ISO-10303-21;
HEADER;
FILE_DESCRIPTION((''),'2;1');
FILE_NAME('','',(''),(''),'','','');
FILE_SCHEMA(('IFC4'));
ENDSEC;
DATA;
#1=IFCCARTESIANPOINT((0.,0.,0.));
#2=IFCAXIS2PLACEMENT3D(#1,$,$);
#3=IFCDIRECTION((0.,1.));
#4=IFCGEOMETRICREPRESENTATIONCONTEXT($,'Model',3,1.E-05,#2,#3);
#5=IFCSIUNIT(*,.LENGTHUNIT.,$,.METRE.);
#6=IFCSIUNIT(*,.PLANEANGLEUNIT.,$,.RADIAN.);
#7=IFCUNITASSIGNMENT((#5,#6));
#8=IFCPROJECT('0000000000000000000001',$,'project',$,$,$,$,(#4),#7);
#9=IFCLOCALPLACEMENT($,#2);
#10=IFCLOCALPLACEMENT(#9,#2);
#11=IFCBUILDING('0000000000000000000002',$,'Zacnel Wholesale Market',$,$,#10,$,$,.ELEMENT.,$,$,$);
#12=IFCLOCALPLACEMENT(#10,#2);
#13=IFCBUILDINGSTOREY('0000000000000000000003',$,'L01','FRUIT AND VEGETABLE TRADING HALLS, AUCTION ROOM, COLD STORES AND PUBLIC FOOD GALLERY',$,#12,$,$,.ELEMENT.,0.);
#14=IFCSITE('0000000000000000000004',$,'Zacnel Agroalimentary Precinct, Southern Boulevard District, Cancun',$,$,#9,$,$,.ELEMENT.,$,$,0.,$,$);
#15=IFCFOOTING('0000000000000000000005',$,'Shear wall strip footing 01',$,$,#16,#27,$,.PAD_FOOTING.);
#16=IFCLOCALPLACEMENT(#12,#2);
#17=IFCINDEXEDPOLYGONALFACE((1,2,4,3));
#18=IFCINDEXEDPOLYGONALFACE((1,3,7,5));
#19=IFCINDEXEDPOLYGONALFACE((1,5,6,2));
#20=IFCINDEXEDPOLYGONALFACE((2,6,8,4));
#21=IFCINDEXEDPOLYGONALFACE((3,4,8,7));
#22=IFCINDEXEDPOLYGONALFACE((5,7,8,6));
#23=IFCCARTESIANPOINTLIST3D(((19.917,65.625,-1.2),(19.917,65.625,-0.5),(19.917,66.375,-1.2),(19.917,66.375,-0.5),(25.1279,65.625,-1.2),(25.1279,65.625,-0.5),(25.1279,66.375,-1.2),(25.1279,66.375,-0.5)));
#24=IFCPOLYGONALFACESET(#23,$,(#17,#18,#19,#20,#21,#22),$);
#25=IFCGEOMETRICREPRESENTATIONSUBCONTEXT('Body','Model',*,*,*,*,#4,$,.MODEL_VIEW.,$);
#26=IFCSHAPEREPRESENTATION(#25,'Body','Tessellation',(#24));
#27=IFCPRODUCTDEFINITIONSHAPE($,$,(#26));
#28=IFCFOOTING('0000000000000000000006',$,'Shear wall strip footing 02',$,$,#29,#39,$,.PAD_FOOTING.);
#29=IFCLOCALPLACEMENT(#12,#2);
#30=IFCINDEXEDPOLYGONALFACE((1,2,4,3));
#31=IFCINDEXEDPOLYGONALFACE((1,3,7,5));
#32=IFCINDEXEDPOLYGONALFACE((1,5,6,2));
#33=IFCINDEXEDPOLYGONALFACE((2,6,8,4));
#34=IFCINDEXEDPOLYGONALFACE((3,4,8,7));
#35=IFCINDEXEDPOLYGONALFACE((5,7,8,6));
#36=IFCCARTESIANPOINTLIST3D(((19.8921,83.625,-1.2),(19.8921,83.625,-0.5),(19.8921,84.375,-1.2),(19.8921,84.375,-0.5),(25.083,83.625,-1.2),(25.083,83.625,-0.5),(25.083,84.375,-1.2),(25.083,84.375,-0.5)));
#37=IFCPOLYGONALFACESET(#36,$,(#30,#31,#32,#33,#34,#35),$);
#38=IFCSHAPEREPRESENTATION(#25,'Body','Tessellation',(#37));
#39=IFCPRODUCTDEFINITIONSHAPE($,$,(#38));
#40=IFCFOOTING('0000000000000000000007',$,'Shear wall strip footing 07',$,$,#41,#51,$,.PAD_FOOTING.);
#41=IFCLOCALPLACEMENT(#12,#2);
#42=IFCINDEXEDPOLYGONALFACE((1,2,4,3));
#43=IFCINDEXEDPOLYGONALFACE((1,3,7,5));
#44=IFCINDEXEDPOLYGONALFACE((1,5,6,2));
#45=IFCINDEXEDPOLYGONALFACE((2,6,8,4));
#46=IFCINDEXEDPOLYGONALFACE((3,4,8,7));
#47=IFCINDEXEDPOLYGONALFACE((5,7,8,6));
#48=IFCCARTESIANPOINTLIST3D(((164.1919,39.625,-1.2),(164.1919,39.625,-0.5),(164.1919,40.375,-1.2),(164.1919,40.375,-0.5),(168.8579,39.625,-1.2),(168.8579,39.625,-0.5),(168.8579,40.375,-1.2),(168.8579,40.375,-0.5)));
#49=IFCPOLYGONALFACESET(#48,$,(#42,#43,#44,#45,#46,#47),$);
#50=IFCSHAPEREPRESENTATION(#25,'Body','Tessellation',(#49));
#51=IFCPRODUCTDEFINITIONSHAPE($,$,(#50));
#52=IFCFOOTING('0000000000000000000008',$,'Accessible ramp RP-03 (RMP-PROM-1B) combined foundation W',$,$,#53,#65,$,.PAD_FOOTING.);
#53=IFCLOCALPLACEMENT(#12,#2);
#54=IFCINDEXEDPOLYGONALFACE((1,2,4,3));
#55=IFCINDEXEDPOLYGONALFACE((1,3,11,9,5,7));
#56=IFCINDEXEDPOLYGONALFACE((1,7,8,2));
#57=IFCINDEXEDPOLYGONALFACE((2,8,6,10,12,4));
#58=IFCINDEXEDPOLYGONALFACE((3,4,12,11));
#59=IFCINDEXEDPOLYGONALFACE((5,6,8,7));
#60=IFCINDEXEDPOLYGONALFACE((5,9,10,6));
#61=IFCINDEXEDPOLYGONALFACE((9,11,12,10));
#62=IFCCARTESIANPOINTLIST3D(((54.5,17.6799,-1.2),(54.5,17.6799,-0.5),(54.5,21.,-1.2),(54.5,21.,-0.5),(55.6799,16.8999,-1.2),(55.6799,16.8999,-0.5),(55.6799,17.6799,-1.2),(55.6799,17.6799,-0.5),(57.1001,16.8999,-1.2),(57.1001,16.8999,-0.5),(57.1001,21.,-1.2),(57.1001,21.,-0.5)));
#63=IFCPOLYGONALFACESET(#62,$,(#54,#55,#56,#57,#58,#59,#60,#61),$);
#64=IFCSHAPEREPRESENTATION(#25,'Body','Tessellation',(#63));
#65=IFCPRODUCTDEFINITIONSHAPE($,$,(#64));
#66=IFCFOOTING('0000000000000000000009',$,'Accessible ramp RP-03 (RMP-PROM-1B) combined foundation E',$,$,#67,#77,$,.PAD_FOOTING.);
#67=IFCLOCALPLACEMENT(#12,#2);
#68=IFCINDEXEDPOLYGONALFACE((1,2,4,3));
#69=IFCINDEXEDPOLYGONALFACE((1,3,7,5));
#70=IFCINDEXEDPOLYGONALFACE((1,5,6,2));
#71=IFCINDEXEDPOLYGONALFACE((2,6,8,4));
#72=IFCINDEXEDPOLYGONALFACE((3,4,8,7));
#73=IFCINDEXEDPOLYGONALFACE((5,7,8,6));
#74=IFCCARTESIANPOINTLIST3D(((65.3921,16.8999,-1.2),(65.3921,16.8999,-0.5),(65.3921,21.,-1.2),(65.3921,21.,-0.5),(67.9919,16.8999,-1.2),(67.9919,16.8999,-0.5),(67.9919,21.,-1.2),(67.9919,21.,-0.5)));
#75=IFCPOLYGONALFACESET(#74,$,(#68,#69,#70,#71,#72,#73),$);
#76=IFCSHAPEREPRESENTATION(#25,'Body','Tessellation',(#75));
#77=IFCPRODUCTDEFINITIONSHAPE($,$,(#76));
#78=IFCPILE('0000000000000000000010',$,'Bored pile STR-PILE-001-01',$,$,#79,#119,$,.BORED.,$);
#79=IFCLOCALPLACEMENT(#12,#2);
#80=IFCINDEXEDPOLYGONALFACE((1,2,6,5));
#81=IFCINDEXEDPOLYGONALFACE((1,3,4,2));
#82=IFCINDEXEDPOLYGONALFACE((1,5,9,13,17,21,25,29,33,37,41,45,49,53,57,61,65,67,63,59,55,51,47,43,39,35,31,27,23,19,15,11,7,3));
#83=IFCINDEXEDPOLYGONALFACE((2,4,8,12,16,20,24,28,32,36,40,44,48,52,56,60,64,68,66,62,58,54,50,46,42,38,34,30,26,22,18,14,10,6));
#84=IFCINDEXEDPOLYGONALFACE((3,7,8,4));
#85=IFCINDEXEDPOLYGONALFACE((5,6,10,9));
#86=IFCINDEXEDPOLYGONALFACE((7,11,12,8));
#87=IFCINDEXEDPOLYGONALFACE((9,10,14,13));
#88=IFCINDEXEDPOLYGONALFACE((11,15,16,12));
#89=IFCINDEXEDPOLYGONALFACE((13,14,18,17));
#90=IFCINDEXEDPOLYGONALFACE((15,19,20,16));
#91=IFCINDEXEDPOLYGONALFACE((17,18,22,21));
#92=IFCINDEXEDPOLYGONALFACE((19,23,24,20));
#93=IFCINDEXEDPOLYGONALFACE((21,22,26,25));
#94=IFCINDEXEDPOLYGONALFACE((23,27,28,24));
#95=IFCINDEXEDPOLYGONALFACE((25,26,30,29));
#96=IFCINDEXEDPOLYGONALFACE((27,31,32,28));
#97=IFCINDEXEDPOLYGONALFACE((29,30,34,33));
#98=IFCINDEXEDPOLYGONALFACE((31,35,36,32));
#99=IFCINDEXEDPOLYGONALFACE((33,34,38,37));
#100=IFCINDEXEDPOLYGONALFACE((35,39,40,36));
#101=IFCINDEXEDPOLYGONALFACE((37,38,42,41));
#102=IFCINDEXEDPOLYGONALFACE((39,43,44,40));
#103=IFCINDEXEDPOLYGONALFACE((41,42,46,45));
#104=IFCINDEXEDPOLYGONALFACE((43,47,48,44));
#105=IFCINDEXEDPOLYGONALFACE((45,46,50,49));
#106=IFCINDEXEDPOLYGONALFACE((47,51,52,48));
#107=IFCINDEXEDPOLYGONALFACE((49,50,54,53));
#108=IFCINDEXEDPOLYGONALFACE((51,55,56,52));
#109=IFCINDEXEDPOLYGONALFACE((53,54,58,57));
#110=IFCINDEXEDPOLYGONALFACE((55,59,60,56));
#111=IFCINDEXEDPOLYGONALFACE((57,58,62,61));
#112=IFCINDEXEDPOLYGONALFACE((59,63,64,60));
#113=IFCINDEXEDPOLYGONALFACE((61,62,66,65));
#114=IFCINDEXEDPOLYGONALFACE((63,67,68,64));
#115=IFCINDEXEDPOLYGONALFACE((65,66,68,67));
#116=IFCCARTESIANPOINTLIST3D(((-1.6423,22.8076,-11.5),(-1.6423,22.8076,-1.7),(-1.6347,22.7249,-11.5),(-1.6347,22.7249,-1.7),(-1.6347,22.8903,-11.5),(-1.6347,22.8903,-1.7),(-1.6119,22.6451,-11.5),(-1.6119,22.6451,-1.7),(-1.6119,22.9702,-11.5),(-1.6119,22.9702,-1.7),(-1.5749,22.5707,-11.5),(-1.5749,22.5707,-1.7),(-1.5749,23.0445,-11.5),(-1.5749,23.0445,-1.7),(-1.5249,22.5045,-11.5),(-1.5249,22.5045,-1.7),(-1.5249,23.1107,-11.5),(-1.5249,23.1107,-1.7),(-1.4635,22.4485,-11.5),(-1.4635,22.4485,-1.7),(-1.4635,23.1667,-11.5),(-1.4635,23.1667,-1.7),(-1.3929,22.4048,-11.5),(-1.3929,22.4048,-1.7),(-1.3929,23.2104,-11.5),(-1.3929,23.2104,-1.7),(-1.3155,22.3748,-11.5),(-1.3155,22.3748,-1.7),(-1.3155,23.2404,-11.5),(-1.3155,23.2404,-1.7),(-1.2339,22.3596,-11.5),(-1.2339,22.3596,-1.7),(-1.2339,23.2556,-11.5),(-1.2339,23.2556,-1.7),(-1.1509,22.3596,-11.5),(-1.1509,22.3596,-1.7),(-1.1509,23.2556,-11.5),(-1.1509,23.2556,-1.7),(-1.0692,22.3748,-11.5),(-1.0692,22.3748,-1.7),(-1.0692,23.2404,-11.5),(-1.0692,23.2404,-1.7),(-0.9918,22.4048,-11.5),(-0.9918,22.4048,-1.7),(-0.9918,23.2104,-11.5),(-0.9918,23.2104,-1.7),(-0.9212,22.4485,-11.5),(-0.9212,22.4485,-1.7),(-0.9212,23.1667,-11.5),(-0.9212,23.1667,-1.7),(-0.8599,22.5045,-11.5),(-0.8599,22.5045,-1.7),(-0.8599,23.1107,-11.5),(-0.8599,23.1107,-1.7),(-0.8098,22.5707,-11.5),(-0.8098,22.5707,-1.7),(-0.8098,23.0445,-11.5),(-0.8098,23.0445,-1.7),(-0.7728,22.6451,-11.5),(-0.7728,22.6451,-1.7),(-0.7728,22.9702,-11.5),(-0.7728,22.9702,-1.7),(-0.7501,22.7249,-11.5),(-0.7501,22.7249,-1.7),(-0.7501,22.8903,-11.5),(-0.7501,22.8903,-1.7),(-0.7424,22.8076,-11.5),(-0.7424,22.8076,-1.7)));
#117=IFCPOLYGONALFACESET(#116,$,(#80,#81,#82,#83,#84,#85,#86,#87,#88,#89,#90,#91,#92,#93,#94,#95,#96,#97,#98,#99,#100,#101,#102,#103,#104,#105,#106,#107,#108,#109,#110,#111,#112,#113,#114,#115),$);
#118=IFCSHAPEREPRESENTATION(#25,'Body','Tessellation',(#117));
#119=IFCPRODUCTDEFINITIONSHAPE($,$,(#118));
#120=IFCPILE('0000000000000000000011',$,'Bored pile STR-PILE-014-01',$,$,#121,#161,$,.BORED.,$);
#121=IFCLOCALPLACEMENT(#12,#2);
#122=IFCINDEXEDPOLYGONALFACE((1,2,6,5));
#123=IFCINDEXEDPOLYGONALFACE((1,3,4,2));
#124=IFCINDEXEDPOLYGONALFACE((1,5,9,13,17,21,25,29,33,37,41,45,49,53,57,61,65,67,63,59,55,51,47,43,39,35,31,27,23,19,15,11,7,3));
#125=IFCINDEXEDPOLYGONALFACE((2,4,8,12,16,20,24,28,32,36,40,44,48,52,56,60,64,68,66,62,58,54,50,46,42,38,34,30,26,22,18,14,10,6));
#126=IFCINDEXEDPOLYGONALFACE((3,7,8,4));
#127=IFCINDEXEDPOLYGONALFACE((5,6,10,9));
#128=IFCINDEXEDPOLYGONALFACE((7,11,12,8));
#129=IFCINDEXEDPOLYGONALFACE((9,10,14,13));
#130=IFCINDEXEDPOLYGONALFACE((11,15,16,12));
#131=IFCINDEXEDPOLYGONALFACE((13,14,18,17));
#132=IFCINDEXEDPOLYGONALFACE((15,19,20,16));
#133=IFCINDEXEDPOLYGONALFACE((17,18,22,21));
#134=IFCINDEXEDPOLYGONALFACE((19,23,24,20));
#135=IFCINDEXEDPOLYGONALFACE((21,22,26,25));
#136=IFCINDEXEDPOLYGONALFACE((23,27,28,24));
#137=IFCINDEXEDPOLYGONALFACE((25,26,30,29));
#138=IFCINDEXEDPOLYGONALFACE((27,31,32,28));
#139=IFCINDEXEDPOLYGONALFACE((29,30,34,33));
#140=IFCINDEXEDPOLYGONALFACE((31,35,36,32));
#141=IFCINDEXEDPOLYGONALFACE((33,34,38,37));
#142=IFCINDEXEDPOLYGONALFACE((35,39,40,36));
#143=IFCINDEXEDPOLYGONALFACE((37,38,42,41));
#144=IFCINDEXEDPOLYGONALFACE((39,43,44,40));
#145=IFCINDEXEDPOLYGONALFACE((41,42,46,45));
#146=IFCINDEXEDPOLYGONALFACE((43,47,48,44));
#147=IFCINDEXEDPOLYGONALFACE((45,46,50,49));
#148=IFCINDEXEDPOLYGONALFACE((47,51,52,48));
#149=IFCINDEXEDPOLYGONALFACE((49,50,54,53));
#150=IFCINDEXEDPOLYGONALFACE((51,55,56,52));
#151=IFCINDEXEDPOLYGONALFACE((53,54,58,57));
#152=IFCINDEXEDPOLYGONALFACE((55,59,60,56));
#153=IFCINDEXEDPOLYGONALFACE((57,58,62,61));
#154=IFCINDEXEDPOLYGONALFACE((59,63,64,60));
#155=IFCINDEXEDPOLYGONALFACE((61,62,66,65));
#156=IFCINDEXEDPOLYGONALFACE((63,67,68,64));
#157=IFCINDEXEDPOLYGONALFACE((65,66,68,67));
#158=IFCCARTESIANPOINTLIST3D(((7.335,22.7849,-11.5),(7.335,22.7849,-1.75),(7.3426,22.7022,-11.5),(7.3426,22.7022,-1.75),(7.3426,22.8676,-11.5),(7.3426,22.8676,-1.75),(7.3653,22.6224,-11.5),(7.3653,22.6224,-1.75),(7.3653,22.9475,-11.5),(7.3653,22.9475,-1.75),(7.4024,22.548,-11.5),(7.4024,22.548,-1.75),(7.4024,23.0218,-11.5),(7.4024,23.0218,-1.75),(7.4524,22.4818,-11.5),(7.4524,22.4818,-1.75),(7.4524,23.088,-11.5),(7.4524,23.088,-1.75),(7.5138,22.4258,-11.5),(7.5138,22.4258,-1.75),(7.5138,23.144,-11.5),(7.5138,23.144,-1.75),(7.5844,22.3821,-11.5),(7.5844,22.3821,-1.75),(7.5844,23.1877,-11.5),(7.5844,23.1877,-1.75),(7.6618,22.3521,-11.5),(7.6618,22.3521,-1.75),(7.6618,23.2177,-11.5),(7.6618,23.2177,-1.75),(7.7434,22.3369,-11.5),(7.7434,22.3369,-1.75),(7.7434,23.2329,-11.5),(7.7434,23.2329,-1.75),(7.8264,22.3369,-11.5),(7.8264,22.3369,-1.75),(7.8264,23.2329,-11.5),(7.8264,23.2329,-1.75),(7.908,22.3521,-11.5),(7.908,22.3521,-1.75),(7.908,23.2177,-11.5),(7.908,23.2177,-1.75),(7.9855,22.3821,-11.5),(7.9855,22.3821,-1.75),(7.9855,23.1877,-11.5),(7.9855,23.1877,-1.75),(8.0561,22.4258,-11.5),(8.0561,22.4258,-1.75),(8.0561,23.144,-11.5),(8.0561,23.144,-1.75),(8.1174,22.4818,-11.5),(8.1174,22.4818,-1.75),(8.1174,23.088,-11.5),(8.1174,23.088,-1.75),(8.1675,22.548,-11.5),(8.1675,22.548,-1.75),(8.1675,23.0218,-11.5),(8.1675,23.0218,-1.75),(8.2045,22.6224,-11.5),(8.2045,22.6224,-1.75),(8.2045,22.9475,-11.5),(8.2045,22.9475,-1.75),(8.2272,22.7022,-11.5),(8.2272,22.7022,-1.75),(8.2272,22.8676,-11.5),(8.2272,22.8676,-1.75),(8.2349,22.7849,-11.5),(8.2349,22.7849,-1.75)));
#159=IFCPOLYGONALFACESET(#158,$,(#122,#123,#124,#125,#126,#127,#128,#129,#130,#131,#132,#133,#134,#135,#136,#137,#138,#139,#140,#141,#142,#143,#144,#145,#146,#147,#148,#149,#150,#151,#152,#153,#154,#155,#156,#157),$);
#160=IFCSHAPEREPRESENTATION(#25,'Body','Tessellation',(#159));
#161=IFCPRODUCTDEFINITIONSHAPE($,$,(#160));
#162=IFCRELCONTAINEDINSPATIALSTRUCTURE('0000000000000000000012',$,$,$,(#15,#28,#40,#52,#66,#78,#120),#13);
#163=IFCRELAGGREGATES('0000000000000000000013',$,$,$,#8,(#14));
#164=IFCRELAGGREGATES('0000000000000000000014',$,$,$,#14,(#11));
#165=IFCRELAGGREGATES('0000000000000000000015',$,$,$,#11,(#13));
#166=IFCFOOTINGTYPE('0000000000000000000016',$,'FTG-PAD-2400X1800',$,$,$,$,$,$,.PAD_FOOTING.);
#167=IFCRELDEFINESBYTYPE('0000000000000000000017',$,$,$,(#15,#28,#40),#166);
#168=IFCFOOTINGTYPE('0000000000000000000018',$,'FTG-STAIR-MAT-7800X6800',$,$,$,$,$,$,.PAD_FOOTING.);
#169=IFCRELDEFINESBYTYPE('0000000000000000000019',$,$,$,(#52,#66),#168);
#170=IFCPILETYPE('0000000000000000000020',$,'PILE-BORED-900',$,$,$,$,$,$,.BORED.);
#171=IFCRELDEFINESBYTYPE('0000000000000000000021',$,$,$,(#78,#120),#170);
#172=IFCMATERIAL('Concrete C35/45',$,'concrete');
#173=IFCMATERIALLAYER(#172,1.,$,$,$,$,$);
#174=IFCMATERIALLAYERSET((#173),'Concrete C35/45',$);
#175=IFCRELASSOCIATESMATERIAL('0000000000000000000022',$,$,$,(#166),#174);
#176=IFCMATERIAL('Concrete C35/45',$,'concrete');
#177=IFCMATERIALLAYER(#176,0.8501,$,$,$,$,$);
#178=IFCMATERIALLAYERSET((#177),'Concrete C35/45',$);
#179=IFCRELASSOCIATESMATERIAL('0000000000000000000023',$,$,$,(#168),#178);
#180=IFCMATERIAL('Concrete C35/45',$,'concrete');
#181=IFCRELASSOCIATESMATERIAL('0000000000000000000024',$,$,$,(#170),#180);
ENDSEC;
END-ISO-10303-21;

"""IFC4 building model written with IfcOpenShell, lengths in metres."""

from ifc_helpers import new_model, si_unit, direction, frame, origin, origin_2d, place, context, subcontext, project, spatial, polyline, circle, outline, extrude, material, layer, layer_set, material_profile, profile_set, type_object, element, save


model = new_model("IFC4")

# Units and contexts
model_context = context("Model", 3, precision=1e-05, world=origin(), true_north=direction((0.0, 1.0)))
body_context = subcontext(model_context, "Body", "Model", "MODEL_VIEW")
ifc_project = project(units=[si_unit("LENGTHUNIT", "METRE"), si_unit("PLANEANGLEUNIT", "RADIAN")], contexts=[model_context])

# Site, building, storey
site_placement = place(None, origin())
site = spatial("IfcSite", under=ifc_project, at=site_placement, Name="Zacnel Agroalimentary Precinct, Southern Boulevard District, Cancun", CompositionType="ELEMENT", RefElevation=0.0)
building_placement = place(site_placement, origin())
building = spatial("IfcBuilding", under=site, at=building_placement, Name="Zacnel Wholesale Market", CompositionType="ELEMENT")
storey_placement = place(building_placement, origin())
storey = spatial("IfcBuildingStorey", under=building, at=storey_placement, Name="L01", Description="FRUIT AND VEGETABLE TRADING HALLS, AUCTION ROOM, COLD STORES AND PUBLIC FOOD GALLERY", CompositionType="ELEMENT", Elevation=0.0)

# Footings
ifc_material_1 = material(Name="Concrete C35/45", Category="concrete")
ifc_layer_1 = layer(ifc_material_1, 1.0)
ifc_layer_set_1 = layer_set([ifc_layer_1], Name="Concrete C35/45")
footing_type_1 = type_object("IfcFootingType", Name="FTG-PAD-2400X1800", PredefinedType="PAD_FOOTING", material=ifc_layer_set_1)
footing_1_placement = place(storey_placement, frame((0.0, 0.0, -1.2)))
element("IfcFooting", 1, at=footing_1_placement, inside=storey, type_object=footing_type_1, Name="Shear wall strip footing 01", PredefinedType="PAD_FOOTING", context=body_context, shape_type="SweptSolid", body=[
    extrude(outline(polyline([(19.917, 65.625), (19.917, 66.375), (25.1279, 66.375), (25.1279, 65.625), (19.917, 65.625)])), origin(), (0.0, 0.0, 1.0), 0.7),
])
footing_2_placement = place(storey_placement, frame((0.0, 0.0, -1.2)))
element("IfcFooting", 2, at=footing_2_placement, inside=storey, type_object=footing_type_1, Name="Shear wall strip footing 02", PredefinedType="PAD_FOOTING", context=body_context, shape_type="SweptSolid", body=[
    extrude(outline(polyline([(19.8921, 83.625), (19.8921, 84.375), (25.083, 84.375), (25.083, 83.625), (19.8921, 83.625)])), origin(), (0.0, 0.0, 1.0), 0.7),
])
footing_3_placement = place(storey_placement, frame((0.0, 0.0, -1.2)))
element("IfcFooting", 3, at=footing_3_placement, inside=storey, type_object=footing_type_1, Name="Shear wall strip footing 07", PredefinedType="PAD_FOOTING", context=body_context, shape_type="SweptSolid", body=[
    extrude(outline(polyline([(164.1919, 39.625), (164.1919, 40.375), (168.8579, 40.375), (168.8579, 39.625), (164.1919, 39.625)])), origin(), (0.0, 0.0, 1.0), 0.7),
])
ifc_material_2 = material(Name="Concrete C35/45", Category="concrete")
ifc_layer_2 = layer(ifc_material_2, 0.8501)
ifc_layer_set_2 = layer_set([ifc_layer_2], Name="Concrete C35/45")
footing_type_2 = type_object("IfcFootingType", Name="FTG-STAIR-MAT-7800X6800", PredefinedType="PAD_FOOTING", material=ifc_layer_set_2)
footing_4_placement = place(storey_placement, frame((0.0, 0.0, -1.2)))
element("IfcFooting", 4, at=footing_4_placement, inside=storey, type_object=footing_type_2, Name="Accessible ramp RP-03 (RMP-PROM-1B) combined foundation W", PredefinedType="PAD_FOOTING", context=body_context, shape_type="SweptSolid", body=[
    extrude(outline(polyline([(55.6799, 16.8999), (57.1001, 16.8999), (57.1001, 21.0), (54.5, 21.0), (54.5, 17.6799), (55.6799, 17.6799), (55.6799, 16.8999)])), origin(), (0.0, 0.0, 1.0), 0.7),
])
footing_5_placement = place(storey_placement, frame((0.0, 0.0, -1.2)))
element("IfcFooting", 5, at=footing_5_placement, inside=storey, type_object=footing_type_2, Name="Accessible ramp RP-03 (RMP-PROM-1B) combined foundation E", PredefinedType="PAD_FOOTING", context=body_context, shape_type="SweptSolid", body=[
    extrude(outline(polyline([(65.3921, 16.8999), (67.9919, 16.8999), (67.9919, 21.0), (65.3921, 21.0), (65.3921, 16.8999)])), origin(), (0.0, 0.0, 1.0), 0.7),
])

# Piles
ifc_material_3 = material(Name="Concrete C35/45", Category="concrete")
ifc_material_profile = material_profile(ifc_material_3, circle(Radius=0.45, at=origin_2d()), Name="BORED PILE D900")
ifc_profile_set = profile_set([ifc_material_profile], Name="Concrete C35/45")
pile_type = type_object("IfcPileType", Name="PILE-BORED-900", PredefinedType="BORED", material=ifc_profile_set)
pile_placement = place(storey_placement, frame((-1.1924, 22.8076, -1.7), z_axis=(0.0, 0.0, -1.0), x_axis=(1.0, 0.0, 0.0)))
element("IfcPile", 6, at=pile_placement, inside=storey, type_object=pile_type, Name="Bored pile STR-PILE-001-01", PredefinedType="BORED", context=body_context, shape_type="SweptSolid", body=[
    extrude(circle(Radius=0.45, at=origin_2d()), origin(), (0.0, 0.0, 1.0), 9.8),
])
for number, where, z_axis, x_axis, name in (
    (7, (7.7849, 22.7849, -1.75), (0.0, 0.0, -1.0), (1.0, 0.0, 0.0), "Bored pile STR-PILE-014-01"),
):
    element("IfcPile", number, at=place(storey_placement, frame(where, z_axis=z_axis, x_axis=x_axis)), inside=storey, type_object=pile_type, Name=name, PredefinedType="BORED", context=body_context, shape_type="SweptSolid", body=[
        extrude(circle(Radius=0.45, at=origin_2d()), origin(), (0.0, 0.0, 1.0), 9.75),
    ])

save(model, "model.ifc")
